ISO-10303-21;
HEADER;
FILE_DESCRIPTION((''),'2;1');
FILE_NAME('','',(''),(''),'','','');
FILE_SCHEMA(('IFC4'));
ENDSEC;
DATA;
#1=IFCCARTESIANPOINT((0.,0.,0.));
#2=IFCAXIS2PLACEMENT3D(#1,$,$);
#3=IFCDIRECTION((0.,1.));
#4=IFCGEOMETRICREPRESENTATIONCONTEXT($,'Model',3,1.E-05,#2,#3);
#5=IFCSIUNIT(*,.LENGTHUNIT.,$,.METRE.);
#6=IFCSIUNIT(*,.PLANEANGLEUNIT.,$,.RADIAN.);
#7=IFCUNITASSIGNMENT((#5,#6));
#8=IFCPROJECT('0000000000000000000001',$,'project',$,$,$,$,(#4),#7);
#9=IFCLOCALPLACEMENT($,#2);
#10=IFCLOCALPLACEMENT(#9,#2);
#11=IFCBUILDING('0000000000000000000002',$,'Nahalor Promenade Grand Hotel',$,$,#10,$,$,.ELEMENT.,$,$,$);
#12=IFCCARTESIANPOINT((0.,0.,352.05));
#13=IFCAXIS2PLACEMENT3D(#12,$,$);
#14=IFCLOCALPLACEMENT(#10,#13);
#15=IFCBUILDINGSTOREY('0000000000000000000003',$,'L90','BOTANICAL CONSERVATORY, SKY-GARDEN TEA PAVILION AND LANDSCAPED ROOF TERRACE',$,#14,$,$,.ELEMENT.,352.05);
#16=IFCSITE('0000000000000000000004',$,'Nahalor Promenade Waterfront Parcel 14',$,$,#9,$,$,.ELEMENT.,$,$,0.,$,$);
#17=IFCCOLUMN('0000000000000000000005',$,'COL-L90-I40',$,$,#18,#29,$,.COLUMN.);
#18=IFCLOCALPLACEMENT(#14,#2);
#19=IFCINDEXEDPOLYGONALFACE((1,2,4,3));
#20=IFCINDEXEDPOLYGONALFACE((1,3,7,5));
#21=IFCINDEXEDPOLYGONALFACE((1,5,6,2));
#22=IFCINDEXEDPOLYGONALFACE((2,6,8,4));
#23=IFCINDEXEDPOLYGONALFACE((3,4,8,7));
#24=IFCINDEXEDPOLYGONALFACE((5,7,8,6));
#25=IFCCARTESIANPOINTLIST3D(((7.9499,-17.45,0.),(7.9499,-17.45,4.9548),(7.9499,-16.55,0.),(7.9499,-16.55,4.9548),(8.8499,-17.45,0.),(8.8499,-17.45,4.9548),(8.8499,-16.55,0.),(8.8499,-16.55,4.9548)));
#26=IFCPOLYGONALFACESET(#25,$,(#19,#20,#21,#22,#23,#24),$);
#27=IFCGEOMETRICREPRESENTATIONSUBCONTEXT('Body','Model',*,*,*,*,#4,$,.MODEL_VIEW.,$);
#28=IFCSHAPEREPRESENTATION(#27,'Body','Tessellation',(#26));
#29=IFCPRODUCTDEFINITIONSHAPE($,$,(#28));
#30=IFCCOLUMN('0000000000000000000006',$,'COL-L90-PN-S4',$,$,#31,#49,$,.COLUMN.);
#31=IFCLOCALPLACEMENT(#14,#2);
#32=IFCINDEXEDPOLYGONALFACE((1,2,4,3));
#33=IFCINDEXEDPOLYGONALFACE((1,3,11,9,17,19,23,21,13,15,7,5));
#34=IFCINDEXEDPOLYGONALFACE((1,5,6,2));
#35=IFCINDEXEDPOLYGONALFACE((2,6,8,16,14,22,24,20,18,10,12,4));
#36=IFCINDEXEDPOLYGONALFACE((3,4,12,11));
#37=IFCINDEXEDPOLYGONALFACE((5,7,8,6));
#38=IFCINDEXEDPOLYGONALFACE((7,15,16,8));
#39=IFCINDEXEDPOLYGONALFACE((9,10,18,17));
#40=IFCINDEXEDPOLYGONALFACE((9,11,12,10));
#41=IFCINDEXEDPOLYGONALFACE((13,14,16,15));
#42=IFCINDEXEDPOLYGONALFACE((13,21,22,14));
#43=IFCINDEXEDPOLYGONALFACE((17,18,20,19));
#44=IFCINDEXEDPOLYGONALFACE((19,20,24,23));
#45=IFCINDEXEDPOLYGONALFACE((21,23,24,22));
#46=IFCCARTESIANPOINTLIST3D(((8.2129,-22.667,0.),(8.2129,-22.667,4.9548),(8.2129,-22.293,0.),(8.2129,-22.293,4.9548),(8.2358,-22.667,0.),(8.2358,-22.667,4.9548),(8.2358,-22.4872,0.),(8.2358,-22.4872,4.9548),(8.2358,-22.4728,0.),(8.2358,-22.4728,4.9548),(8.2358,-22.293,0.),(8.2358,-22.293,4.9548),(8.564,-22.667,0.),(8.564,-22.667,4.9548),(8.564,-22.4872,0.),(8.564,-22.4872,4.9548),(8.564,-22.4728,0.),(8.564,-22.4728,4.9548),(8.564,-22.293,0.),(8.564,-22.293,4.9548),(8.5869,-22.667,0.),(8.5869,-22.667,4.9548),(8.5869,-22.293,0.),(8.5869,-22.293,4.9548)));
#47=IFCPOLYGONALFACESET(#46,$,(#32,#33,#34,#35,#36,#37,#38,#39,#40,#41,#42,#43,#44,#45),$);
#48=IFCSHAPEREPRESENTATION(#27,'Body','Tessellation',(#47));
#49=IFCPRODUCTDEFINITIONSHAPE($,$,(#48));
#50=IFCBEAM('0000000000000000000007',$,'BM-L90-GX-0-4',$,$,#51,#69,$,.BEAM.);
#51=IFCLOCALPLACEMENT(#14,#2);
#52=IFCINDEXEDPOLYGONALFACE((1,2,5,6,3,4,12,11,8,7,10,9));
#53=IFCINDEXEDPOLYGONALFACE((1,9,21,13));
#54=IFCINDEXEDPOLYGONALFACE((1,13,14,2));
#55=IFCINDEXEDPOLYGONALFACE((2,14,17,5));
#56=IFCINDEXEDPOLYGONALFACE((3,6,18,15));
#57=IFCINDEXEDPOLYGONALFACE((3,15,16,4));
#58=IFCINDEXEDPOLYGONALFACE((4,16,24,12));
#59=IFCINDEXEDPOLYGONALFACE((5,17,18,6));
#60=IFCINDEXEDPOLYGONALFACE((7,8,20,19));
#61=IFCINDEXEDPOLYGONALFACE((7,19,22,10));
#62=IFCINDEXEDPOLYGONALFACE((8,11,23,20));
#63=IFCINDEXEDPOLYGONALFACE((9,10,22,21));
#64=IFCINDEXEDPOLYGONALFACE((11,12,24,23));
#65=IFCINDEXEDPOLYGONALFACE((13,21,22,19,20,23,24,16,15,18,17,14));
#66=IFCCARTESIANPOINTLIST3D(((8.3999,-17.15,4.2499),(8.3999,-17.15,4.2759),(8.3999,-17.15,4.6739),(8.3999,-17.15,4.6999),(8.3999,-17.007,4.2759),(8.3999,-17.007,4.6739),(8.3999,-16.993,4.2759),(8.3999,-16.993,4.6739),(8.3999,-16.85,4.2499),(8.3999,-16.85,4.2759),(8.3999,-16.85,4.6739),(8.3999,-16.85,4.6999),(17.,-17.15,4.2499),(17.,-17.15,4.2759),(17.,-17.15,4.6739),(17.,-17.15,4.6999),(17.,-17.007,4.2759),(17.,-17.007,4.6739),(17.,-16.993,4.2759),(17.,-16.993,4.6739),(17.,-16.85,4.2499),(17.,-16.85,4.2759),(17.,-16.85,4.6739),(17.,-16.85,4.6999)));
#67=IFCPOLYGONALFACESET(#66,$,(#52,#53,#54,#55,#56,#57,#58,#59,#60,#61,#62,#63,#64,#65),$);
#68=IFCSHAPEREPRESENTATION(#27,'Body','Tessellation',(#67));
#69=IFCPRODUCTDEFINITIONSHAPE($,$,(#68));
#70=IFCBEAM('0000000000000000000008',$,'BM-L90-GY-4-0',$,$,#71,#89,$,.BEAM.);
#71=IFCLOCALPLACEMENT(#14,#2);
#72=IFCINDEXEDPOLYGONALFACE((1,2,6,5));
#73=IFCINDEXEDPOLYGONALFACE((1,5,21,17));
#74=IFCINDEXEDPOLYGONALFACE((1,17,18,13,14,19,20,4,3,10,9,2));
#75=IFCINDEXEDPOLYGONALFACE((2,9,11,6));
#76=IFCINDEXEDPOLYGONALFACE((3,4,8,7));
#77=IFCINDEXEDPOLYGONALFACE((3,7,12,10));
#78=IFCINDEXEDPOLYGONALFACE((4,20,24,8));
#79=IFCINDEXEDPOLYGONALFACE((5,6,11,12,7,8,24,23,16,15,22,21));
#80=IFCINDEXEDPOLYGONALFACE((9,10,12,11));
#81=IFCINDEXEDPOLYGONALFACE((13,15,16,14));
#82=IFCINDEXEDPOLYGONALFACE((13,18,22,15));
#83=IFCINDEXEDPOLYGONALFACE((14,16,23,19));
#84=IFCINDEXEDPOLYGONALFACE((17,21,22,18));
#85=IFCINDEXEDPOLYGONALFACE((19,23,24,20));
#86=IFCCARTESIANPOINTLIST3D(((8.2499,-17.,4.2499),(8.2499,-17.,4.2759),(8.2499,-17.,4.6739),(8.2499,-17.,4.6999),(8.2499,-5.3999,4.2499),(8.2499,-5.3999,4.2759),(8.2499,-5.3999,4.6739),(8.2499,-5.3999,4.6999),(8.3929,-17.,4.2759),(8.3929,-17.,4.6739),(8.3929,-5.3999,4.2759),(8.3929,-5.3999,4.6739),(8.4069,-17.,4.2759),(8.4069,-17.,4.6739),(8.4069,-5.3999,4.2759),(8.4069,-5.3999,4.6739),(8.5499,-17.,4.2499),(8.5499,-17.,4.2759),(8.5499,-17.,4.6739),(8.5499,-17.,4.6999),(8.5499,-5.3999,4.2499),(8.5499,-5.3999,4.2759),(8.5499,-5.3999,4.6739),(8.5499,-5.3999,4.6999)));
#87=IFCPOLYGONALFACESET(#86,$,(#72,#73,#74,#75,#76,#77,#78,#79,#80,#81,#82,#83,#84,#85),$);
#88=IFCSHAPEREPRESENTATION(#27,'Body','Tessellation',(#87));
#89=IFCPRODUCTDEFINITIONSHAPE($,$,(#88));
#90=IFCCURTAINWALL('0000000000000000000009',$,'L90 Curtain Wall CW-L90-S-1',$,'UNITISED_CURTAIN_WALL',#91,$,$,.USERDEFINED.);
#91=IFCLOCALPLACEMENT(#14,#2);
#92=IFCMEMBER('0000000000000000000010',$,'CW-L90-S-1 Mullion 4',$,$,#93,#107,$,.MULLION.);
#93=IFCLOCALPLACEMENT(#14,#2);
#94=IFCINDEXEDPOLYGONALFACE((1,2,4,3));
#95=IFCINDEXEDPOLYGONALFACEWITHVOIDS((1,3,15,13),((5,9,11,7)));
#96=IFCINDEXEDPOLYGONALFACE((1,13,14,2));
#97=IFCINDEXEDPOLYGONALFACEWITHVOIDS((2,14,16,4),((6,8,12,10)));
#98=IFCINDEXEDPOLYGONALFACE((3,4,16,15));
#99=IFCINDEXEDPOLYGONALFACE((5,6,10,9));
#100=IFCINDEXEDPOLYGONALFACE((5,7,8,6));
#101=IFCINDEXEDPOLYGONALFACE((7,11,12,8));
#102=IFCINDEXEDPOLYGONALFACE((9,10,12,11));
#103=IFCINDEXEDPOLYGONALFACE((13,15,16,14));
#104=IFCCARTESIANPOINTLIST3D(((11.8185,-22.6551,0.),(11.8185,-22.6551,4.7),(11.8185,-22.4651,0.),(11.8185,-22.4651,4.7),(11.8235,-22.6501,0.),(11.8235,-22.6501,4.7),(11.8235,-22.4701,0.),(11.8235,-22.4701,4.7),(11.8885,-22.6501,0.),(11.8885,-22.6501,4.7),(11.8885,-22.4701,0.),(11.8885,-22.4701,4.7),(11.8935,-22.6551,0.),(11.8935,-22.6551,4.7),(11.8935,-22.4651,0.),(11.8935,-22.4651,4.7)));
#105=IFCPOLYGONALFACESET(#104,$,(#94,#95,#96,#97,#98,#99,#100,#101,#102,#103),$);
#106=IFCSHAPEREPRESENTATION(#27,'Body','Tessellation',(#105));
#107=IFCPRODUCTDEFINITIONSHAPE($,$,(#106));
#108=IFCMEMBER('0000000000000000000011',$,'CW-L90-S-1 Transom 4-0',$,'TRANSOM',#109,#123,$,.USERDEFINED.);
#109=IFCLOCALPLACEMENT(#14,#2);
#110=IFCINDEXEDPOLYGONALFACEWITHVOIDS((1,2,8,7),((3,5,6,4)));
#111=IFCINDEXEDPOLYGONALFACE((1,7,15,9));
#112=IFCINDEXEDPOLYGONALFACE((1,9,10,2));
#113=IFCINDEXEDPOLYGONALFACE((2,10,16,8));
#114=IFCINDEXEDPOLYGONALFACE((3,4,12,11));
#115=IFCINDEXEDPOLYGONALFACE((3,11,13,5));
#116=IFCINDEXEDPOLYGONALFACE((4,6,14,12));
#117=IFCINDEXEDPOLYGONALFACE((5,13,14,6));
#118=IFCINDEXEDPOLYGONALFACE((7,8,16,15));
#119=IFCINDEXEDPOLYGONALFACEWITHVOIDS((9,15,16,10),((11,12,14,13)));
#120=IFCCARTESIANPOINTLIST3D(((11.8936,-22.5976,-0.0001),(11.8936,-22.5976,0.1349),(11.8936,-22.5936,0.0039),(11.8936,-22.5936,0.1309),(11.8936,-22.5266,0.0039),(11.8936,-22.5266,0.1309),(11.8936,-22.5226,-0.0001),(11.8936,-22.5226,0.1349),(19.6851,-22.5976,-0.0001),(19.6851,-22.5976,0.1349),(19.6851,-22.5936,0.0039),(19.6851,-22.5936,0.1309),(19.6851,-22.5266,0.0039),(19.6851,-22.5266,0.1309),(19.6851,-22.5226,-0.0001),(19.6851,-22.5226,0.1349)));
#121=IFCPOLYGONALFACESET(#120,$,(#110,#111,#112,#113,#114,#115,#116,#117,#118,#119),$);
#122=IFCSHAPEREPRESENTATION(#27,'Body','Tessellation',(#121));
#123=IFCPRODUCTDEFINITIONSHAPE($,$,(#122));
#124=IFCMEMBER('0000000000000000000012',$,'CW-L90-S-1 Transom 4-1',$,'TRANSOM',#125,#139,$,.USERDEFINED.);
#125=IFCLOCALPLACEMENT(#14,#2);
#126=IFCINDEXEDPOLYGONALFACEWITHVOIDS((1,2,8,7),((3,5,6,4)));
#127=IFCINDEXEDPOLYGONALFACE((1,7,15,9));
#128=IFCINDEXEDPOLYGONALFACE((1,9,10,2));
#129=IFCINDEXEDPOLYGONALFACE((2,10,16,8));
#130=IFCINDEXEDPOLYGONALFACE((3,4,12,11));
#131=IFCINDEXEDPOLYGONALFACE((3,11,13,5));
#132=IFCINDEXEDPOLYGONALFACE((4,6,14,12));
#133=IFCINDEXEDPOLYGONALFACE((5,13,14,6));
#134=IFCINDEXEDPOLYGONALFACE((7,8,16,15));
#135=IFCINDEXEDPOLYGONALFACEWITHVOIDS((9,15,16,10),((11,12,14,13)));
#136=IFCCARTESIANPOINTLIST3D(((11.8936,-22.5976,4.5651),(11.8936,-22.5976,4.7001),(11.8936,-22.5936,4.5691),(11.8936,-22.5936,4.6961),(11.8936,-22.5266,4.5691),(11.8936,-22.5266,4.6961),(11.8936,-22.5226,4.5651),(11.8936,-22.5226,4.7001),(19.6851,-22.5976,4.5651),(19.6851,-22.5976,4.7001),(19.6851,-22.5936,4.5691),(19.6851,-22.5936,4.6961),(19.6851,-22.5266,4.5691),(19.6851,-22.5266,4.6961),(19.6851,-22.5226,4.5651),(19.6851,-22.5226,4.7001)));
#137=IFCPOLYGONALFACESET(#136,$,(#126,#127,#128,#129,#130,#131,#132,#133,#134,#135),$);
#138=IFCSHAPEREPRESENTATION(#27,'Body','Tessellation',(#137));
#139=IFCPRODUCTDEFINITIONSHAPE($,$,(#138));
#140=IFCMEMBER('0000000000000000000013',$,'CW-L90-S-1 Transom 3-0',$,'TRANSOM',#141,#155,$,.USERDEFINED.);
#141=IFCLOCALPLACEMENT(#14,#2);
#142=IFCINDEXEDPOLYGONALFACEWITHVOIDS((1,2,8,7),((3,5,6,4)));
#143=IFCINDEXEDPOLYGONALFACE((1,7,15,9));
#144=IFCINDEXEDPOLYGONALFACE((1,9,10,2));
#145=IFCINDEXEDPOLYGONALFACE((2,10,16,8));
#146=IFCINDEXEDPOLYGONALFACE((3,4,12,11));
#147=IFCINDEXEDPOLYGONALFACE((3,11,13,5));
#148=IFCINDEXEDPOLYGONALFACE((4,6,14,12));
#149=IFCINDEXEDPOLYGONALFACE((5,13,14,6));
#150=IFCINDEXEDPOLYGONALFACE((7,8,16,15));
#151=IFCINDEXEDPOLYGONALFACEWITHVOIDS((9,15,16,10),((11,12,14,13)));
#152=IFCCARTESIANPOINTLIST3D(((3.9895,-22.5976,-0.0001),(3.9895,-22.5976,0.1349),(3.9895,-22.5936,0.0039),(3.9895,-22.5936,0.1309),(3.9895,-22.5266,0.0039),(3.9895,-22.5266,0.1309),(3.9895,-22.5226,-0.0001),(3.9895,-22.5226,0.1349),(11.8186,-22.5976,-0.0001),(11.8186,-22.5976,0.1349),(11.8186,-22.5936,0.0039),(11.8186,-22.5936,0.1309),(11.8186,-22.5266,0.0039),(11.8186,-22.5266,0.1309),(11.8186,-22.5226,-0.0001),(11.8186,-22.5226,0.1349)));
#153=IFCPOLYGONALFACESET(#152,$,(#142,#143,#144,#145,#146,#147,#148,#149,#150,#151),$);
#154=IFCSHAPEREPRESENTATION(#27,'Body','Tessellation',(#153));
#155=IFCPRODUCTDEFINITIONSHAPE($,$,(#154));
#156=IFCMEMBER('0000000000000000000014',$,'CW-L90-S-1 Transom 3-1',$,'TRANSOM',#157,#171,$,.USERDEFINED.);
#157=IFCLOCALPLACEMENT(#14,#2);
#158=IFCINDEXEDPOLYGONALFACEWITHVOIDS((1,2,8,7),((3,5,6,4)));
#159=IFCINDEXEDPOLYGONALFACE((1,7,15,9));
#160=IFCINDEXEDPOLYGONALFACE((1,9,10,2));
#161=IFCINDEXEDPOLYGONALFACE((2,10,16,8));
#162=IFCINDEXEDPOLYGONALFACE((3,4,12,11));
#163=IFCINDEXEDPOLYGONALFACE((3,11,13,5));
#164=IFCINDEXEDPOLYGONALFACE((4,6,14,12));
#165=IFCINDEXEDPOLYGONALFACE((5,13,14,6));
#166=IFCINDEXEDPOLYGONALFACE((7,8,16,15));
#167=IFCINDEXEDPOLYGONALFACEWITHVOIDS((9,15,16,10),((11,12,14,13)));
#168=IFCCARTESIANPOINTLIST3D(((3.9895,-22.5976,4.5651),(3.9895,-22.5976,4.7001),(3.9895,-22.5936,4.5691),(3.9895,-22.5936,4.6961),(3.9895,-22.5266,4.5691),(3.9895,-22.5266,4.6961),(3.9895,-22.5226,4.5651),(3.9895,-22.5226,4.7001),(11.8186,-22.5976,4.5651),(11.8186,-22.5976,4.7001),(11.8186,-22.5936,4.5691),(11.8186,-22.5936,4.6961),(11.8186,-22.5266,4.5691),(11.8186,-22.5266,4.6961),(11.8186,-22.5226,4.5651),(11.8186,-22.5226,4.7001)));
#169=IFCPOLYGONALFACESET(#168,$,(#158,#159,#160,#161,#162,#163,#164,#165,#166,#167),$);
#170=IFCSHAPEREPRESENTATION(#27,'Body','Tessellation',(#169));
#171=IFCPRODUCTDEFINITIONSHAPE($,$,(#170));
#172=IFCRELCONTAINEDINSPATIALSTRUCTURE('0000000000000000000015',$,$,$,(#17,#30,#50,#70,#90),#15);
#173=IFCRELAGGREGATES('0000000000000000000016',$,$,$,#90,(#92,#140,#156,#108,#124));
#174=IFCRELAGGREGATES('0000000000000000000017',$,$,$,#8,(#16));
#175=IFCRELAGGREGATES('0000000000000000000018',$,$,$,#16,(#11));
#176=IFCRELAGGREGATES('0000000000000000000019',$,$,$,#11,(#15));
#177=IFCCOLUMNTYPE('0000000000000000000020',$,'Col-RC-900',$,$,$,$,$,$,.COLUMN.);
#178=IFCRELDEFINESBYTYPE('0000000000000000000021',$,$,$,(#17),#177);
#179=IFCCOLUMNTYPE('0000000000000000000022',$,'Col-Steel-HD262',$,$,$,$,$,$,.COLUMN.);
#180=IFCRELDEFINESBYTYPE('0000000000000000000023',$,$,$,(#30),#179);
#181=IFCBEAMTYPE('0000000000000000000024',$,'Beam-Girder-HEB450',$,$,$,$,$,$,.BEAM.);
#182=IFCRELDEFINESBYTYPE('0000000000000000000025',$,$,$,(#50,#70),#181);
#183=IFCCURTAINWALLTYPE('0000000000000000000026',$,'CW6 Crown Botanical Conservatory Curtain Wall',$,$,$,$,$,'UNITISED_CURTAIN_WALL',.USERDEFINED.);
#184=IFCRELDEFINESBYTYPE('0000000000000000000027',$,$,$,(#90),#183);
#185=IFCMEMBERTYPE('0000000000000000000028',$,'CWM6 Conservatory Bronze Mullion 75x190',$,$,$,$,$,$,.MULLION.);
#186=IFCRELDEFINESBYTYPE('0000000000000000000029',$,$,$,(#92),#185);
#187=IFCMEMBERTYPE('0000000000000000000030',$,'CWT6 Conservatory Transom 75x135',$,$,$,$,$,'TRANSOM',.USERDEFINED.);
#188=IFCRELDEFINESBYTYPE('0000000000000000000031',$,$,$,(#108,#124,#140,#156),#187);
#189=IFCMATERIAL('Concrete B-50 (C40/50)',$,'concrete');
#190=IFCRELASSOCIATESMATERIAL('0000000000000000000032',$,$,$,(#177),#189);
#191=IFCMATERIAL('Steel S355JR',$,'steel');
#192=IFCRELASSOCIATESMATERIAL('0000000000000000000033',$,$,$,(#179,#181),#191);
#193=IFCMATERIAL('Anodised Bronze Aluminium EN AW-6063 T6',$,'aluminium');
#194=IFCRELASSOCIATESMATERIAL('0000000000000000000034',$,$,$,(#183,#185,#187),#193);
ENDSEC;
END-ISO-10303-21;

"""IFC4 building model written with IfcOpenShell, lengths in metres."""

from ifc_helpers import new_model, si_unit, direction, frame, origin, origin_2d, place, context, subcontext, project, spatial, rectangle, hollow_rectangle, i_section, extrude, source, transform, mapped, material, material_profile, profile_set, type_object, element, aggregate, save


model = new_model("IFC4")

# Units and contexts
model_context = context("Model", 3, precision=1e-05, world=origin(), true_north=direction((0.0, 1.0)))
body_context = subcontext(model_context, "Body", "Model", "MODEL_VIEW")
ifc_project = project(units=[si_unit("LENGTHUNIT", "METRE"), si_unit("PLANEANGLEUNIT", "RADIAN")], contexts=[model_context])

# Site, building, storey
site_placement = place(None, origin())
site = spatial("IfcSite", under=ifc_project, at=site_placement, Name="Nahalor Promenade Waterfront Parcel 14", CompositionType="ELEMENT", RefElevation=0.0)
building_placement = place(site_placement, origin())
building = spatial("IfcBuilding", under=site, at=building_placement, Name="Nahalor Promenade Grand Hotel", CompositionType="ELEMENT")
storey_placement = place(building_placement, frame((0.0, 0.0, 352.05)))
storey = spatial("IfcBuildingStorey", under=building, at=storey_placement, Name="L90", Description="BOTANICAL CONSERVATORY, SKY-GARDEN TEA PAVILION AND LANDSCAPED ROOF TERRACE", CompositionType="ELEMENT", Elevation=352.05)

# Columns
ifc_material_1 = material(Name="Concrete B-50 (C40/50)", Category="concrete")
ifc_material_profile_1 = material_profile(ifc_material_1, rectangle(XDim=0.9, YDim=0.9, at=origin_2d()), Name="RC 900x900")
ifc_profile_set_1 = profile_set([ifc_material_profile_1], Name="Concrete B-50 (C40/50)")
column_type_1 = type_object("IfcColumnType", Name="Col-RC-900", PredefinedType="COLUMN", material=ifc_profile_set_1)
shared_shape_1 = source(origin(), body_context, "Body", "SweptSolid", [
    extrude(rectangle(XDim=0.9, YDim=0.9, at=origin_2d()), origin(), (0.0, 0.0, 1.0), 4.9548),
])
column_1_placement = place(storey_placement, frame((8.3999, -17.0, 0.0), z_axis=(0.0, 0.0, 1.0), x_axis=(1.0, 0.0, 0.0)))
element("IfcColumn", 1, at=column_1_placement, inside=storey, type_object=column_type_1, Name="COL-L90-I40", PredefinedType="COLUMN", context=body_context, shape_type="MappedRepresentation", body=[
    mapped(shared_shape_1, transform((0.0, 0.0, 0.0), scale=1.0)),
])
ifc_material_2 = material(Name="Steel S355JR", Category="steel")
ifc_material_profile_2 = material_profile(ifc_material_2, i_section(OverallWidth=0.374, OverallDepth=0.374, WebThickness=0.0144, FlangeThickness=0.0229, at=origin_2d()), Name="HD 360x262")
ifc_profile_set_2 = profile_set([ifc_material_profile_2], Name="Steel S355JR")
column_type_2 = type_object("IfcColumnType", Name="Col-Steel-HD262", PredefinedType="COLUMN", material=ifc_profile_set_2)
shared_shape_2 = source(origin(), body_context, "Body", "SweptSolid", [
    extrude(i_section(OverallWidth=0.374, OverallDepth=0.374, WebThickness=0.0144, FlangeThickness=0.0229, at=origin_2d()), origin(), (0.0, 0.0, 1.0), 4.9548),
])
column_2_placement = place(storey_placement, frame((8.3999, -22.48, 0.0), z_axis=(0.0, 0.0, 1.0), x_axis=(0.0, 1.0, 0.0)))
element("IfcColumn", 2, at=column_2_placement, inside=storey, type_object=column_type_2, Name="COL-L90-PN-S4", PredefinedType="COLUMN", context=body_context, shape_type="MappedRepresentation", body=[
    mapped(shared_shape_2, transform((0.0, 0.0, 0.0), scale=1.0)),
])

# Beams
ifc_material_profile_3 = material_profile(ifc_material_2, i_section(OverallWidth=0.3, OverallDepth=0.45, WebThickness=0.014, FlangeThickness=0.026, at=origin_2d()), Name="HEB 450")
ifc_profile_set_3 = profile_set([ifc_material_profile_3], Name="Steel S355JR")
beam_type = type_object("IfcBeamType", Name="Beam-Girder-HEB450", PredefinedType="BEAM", material=ifc_profile_set_3)
shared_shape_3 = source(origin(), body_context, "Body", "SweptSolid", [
    extrude(i_section(OverallWidth=0.3, OverallDepth=0.45, WebThickness=0.014, FlangeThickness=0.026, at=origin_2d()), origin(), (0.0, 0.0, 1.0), 8.6001),
])
beam_1_placement = place(storey_placement, frame((8.3999, -17.0, 4.4749), z_axis=(1.0, 0.0, 0.0), x_axis=(0.0, 1.0, 0.0)))
element("IfcBeam", 3, at=beam_1_placement, inside=storey, type_object=beam_type, Name="BM-L90-GX-0-4", PredefinedType="BEAM", context=body_context, shape_type="MappedRepresentation", body=[
    mapped(shared_shape_3, transform((0.0, 0.0, 0.0), scale=1.0)),
])
shared_shape_4 = source(origin(), body_context, "Body", "SweptSolid", [
    extrude(i_section(OverallWidth=0.3, OverallDepth=0.45, WebThickness=0.014, FlangeThickness=0.026, at=origin_2d()), origin(), (0.0, 0.0, 1.0), 11.6001),
])
beam_2_placement = place(storey_placement, frame((8.3999, -17.0, 4.4749), z_axis=(0.0, 1.0, 0.0), x_axis=(-1.0, 0.0, 0.0)))
element("IfcBeam", 4, at=beam_2_placement, inside=storey, type_object=beam_type, Name="BM-L90-GY-4-0", PredefinedType="BEAM", context=body_context, shape_type="MappedRepresentation", body=[
    mapped(shared_shape_4, transform((0.0, 0.0, 0.0), scale=1.0)),
])

# Curtain wall, members
ifc_material_3 = material(Name="Anodised Bronze Aluminium EN AW-6063 T6", Category="aluminium")
curtain_wall_type = type_object("IfcCurtainWallType", Name="CW6 Crown Botanical Conservatory Curtain Wall", ElementType="UNITISED_CURTAIN_WALL", PredefinedType="USERDEFINED", material=ifc_material_3)
curtain_wall_placement = place(storey_placement, origin())
curtain_wall = element("IfcCurtainWall", 5, at=curtain_wall_placement, inside=storey, type_object=curtain_wall_type, Name="L90 Curtain Wall CW-L90-S-1", ObjectType="UNITISED_CURTAIN_WALL", PredefinedType="USERDEFINED")
ifc_material_profile_4 = material_profile(ifc_material_3, hollow_rectangle(XDim=0.075, YDim=0.19, WallThickness=0.005, at=origin_2d()), Name="CWM 75x190x5")
ifc_profile_set_4 = profile_set([ifc_material_profile_4], Name="Anodised Bronze Aluminium EN AW-6063 T6")
member_type_1 = type_object("IfcMemberType", Name="CWM6 Conservatory Bronze Mullion 75x190", PredefinedType="MULLION", material=ifc_profile_set_4)
shared_shape_5 = source(origin(), body_context, "Body", "SweptSolid", [
    extrude(hollow_rectangle(XDim=0.075, YDim=0.19, WallThickness=0.005, at=origin_2d()), origin(), (0.0, 0.0, 1.0), 4.7),
])
member_1_placement = place(storey_placement, frame((11.856, -22.5601, 0.0), z_axis=(0.0, 0.0, 1.0), x_axis=(1.0, 0.0, 0.0)))
member_1 = element("IfcMember", 6, at=member_1_placement, type_object=member_type_1, Name="CW-L90-S-1 Mullion 4", PredefinedType="MULLION", context=body_context, shape_type="MappedRepresentation", body=[
    mapped(shared_shape_5, transform((0.0, 0.0, 0.0), scale=1.0)),
])
ifc_material_profile_5 = material_profile(ifc_material_3, hollow_rectangle(XDim=0.075, YDim=0.135, WallThickness=0.004, at=origin_2d()), Name="CWT 75x135x4")
ifc_profile_set_5 = profile_set([ifc_material_profile_5], Name="Anodised Bronze Aluminium EN AW-6063 T6")
member_type_2 = type_object("IfcMemberType", Name="CWT6 Conservatory Transom 75x135", ElementType="TRANSOM", PredefinedType="USERDEFINED", material=ifc_profile_set_5)
shared_shape_6 = source(origin(), body_context, "Body", "SweptSolid", [
    extrude(hollow_rectangle(XDim=0.075, YDim=0.135, WallThickness=0.004, at=origin_2d()), origin(), (0.0, 0.0, 1.0), 7.7915),
])
member_2_placement = place(storey_placement, frame((11.8936, -22.5601, 0.0674), z_axis=(1.0, 0.0, 0.0), x_axis=(0.0, 1.0, 0.0)))
member_2 = element("IfcMember", 7, at=member_2_placement, type_object=member_type_2, Name="CW-L90-S-1 Transom 4-0", ObjectType="TRANSOM", PredefinedType="USERDEFINED", context=body_context, shape_type="MappedRepresentation", body=[
    mapped(shared_shape_6, transform((0.0, 0.0, 0.0), scale=1.0)),
])
member_3_placement = place(storey_placement, frame((11.8936, -22.5601, 4.6326), z_axis=(1.0, 0.0, 0.0), x_axis=(0.0, 1.0, 0.0)))
member_3 = element("IfcMember", 8, at=member_3_placement, type_object=member_type_2, Name="CW-L90-S-1 Transom 4-1", ObjectType="TRANSOM", PredefinedType="USERDEFINED", context=body_context, shape_type="MappedRepresentation", body=[
    mapped(shared_shape_6, transform((0.0, 0.0, 0.0), scale=1.0)),
])
shared_shape_7 = source(origin(), body_context, "Body", "SweptSolid", [
    extrude(hollow_rectangle(XDim=0.075, YDim=0.135, WallThickness=0.004, at=origin_2d()), origin(), (0.0, 0.0, 1.0), 7.8291),
])
member_4_placement = place(storey_placement, frame((3.9895, -22.5601, 0.0674), z_axis=(1.0, 0.0, 0.0), x_axis=(0.0, 1.0, 0.0)))
member_4 = element("IfcMember", 9, at=member_4_placement, type_object=member_type_2, Name="CW-L90-S-1 Transom 3-0", ObjectType="TRANSOM", PredefinedType="USERDEFINED", context=body_context, shape_type="MappedRepresentation", body=[
    mapped(shared_shape_7, transform((0.0, 0.0, 0.0), scale=1.0)),
])
member_5_placement = place(storey_placement, frame((3.9895, -22.5601, 4.6326), z_axis=(1.0, 0.0, 0.0), x_axis=(0.0, 1.0, 0.0)))
member_5 = element("IfcMember", 10, at=member_5_placement, type_object=member_type_2, Name="CW-L90-S-1 Transom 3-1", ObjectType="TRANSOM", PredefinedType="USERDEFINED", context=body_context, shape_type="MappedRepresentation", body=[
    mapped(shared_shape_7, transform((0.0, 0.0, 0.0), scale=1.0)),
])
aggregate(curtain_wall, [member_1, member_4, member_5, member_2, member_3])

save(model, "model.ifc")
